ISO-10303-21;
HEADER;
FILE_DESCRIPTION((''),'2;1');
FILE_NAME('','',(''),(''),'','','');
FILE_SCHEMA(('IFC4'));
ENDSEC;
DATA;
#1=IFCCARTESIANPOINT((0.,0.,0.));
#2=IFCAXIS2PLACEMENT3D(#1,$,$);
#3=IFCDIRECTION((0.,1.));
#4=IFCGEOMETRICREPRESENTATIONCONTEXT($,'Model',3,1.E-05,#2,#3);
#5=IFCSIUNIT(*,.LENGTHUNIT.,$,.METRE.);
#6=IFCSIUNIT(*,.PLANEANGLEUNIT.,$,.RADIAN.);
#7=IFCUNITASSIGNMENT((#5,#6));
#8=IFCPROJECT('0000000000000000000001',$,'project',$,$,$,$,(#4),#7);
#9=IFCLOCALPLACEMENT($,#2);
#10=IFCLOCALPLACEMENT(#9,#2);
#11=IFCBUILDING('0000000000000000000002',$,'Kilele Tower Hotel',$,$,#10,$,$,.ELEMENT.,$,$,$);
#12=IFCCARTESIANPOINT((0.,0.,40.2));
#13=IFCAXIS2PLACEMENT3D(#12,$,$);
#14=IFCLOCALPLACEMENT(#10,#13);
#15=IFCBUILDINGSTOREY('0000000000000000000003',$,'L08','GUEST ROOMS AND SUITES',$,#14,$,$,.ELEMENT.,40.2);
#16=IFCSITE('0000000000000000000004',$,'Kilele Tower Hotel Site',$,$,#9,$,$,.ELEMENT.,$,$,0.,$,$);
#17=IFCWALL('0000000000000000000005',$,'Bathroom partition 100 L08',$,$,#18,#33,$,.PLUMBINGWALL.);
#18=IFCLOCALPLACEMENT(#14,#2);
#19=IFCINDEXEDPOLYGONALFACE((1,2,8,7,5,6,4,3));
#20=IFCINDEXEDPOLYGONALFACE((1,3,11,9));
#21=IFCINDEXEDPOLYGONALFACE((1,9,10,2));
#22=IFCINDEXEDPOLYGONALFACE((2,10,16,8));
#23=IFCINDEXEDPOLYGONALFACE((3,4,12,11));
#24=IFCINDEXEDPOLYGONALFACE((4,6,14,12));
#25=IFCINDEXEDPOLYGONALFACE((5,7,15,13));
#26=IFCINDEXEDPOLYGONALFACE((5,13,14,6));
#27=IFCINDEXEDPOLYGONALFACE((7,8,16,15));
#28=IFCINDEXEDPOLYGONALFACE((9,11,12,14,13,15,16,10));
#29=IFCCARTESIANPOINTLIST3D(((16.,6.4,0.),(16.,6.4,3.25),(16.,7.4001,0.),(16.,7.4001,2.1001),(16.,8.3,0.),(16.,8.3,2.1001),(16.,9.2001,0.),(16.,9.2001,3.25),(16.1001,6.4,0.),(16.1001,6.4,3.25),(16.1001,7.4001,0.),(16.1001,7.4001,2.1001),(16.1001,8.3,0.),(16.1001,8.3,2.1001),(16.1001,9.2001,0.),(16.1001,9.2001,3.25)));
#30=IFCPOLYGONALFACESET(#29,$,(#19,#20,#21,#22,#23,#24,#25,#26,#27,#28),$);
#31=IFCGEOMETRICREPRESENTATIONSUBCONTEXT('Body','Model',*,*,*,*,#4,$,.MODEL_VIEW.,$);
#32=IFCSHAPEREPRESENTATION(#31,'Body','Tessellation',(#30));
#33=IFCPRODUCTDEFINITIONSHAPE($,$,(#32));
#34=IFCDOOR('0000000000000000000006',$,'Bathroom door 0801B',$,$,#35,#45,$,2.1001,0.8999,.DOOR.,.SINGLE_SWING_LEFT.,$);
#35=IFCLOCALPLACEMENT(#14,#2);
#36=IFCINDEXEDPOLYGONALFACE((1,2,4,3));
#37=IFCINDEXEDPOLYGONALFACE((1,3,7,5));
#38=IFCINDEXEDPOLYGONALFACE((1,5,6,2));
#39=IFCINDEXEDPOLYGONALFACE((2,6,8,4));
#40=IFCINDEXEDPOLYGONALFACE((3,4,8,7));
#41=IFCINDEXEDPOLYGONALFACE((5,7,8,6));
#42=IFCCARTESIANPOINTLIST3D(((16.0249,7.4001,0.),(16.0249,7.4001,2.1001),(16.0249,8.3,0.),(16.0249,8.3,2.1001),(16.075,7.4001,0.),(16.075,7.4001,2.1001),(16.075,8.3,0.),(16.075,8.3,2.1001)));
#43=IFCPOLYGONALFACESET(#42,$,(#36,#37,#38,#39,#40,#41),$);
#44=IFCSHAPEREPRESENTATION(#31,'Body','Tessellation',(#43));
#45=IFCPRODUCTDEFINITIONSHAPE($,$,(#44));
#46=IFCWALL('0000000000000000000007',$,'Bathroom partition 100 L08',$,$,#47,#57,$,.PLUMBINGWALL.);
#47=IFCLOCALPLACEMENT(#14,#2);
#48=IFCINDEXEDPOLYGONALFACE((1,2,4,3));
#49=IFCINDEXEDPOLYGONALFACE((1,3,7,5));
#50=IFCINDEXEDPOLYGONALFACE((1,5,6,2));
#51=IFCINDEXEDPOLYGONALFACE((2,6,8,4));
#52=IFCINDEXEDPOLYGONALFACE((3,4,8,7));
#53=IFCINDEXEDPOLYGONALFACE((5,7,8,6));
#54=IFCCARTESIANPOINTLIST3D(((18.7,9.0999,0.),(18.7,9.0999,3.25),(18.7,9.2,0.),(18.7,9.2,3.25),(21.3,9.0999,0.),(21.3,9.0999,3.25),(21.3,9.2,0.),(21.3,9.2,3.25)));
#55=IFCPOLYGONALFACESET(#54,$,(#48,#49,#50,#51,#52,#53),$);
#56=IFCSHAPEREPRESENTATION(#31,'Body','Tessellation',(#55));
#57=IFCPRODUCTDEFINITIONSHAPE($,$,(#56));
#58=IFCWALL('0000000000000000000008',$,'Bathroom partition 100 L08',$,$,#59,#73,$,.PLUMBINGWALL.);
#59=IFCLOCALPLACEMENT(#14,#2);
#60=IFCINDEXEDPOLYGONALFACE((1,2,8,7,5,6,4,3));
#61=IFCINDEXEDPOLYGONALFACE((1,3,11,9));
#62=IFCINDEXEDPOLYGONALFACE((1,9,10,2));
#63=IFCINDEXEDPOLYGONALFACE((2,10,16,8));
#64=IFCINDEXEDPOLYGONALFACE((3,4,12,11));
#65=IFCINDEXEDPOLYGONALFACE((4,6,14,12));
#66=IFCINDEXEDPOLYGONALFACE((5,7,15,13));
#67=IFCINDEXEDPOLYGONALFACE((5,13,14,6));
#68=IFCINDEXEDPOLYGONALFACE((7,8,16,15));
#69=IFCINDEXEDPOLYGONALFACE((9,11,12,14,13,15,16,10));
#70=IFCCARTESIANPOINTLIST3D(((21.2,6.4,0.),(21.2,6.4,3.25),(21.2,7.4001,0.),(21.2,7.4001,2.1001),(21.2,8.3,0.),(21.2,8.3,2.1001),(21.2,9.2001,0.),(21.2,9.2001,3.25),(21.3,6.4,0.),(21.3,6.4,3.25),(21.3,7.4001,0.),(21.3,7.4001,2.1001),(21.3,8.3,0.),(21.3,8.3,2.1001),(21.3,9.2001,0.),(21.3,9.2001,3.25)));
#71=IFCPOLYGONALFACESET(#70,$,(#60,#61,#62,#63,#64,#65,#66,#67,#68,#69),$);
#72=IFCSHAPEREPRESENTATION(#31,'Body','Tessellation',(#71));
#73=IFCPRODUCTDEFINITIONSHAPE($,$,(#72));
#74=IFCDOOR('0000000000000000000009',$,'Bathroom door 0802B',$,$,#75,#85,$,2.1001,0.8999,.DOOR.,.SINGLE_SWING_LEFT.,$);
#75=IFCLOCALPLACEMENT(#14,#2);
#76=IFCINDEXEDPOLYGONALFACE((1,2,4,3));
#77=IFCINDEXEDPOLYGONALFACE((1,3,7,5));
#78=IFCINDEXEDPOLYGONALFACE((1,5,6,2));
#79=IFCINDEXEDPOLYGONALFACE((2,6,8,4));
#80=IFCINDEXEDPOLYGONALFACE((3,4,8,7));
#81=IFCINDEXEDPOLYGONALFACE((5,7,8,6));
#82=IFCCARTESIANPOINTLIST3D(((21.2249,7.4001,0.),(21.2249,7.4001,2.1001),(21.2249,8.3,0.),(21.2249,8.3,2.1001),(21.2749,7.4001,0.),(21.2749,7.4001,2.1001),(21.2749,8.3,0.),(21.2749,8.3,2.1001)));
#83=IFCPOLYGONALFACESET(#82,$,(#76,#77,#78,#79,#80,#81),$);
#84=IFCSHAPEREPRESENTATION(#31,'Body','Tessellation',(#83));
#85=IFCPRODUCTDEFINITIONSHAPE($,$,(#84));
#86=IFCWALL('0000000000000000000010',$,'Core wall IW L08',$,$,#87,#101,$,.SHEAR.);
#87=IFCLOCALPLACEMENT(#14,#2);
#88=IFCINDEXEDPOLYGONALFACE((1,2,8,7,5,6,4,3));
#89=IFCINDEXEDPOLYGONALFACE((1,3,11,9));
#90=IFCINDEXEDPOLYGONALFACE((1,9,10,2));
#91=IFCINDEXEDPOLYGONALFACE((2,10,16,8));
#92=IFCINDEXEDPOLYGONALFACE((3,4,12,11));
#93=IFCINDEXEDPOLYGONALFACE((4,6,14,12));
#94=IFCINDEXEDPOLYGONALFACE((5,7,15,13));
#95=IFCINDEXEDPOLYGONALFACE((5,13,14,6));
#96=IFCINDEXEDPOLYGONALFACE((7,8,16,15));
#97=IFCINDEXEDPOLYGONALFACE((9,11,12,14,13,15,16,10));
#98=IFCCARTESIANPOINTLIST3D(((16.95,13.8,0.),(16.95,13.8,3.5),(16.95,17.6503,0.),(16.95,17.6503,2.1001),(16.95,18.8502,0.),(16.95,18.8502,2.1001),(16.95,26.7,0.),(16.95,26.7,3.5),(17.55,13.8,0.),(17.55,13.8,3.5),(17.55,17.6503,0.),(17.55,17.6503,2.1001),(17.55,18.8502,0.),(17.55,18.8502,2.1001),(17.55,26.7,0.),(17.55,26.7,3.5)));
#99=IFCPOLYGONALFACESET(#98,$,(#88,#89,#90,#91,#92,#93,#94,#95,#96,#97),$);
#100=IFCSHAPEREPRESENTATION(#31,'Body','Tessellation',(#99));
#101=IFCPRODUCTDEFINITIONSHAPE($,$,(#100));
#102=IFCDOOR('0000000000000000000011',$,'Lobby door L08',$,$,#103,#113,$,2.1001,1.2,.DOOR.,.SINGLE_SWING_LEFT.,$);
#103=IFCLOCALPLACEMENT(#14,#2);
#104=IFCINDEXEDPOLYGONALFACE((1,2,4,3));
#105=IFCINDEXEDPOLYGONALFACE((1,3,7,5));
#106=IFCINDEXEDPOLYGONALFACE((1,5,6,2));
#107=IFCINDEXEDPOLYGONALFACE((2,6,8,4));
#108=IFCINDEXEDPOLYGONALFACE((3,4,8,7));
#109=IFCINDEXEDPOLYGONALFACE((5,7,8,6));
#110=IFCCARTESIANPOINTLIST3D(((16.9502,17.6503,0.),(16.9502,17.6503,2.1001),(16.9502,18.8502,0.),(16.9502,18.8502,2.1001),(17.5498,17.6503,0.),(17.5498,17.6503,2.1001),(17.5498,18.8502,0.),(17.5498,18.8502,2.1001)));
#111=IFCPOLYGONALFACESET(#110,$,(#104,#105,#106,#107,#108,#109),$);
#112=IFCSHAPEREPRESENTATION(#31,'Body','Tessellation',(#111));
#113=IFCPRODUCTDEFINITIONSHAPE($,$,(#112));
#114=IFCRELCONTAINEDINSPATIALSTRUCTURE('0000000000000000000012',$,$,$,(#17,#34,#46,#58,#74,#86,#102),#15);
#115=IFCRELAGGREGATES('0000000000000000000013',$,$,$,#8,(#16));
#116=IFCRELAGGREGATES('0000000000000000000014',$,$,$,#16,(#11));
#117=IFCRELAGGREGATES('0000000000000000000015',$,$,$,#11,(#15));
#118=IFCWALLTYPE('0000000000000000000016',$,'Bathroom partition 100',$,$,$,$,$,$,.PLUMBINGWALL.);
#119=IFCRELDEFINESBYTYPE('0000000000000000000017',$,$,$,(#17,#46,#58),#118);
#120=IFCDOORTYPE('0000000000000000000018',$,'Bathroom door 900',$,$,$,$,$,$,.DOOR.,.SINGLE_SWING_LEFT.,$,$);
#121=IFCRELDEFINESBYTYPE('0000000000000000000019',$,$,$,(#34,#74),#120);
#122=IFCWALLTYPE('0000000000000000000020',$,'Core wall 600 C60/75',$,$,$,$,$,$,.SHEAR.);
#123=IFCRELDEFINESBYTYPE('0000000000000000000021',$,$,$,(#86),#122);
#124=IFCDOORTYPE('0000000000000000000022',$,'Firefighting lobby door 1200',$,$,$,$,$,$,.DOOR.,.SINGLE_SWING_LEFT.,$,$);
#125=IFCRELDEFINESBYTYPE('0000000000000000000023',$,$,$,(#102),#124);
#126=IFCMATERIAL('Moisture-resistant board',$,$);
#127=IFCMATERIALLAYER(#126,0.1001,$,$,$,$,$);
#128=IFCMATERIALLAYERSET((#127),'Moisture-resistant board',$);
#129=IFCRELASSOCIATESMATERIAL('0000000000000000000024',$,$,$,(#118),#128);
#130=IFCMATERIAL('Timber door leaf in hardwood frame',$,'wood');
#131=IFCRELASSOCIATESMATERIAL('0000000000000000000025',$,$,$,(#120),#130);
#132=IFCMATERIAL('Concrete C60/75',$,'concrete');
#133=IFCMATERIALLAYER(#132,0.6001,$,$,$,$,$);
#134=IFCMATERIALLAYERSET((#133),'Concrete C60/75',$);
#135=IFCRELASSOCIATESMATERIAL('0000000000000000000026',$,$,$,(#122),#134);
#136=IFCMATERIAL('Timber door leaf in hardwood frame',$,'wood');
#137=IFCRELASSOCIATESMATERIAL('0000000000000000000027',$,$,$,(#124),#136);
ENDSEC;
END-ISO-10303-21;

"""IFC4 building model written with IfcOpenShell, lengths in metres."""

from ifc_helpers import new_model, si_unit, direction, frame, frame_2d, origin, place, context, subcontext, project, spatial, rectangle, extrude, material, layer, layer_set, type_object, element, fill, save


model = new_model("IFC4")

# Units and contexts
model_context = context("Model", 3, precision=1e-05, world=origin(), true_north=direction((0.0, 1.0)))
body_context = subcontext(model_context, "Body", "Model", "MODEL_VIEW")
ifc_project = project(units=[si_unit("LENGTHUNIT", "METRE"), si_unit("PLANEANGLEUNIT", "RADIAN")], contexts=[model_context])

# Site, building, storey
site_placement = place(None, origin())
site = spatial("IfcSite", under=ifc_project, at=site_placement, Name="Kilele Tower Hotel Site", CompositionType="ELEMENT", RefElevation=0.0)
building_placement = place(site_placement, origin())
building = spatial("IfcBuilding", under=site, at=building_placement, Name="Kilele Tower Hotel", CompositionType="ELEMENT")
storey_placement = place(building_placement, frame((0.0, 0.0, 40.2)))
storey = spatial("IfcBuildingStorey", under=building, at=storey_placement, Name="L08", Description="GUEST ROOMS AND SUITES", CompositionType="ELEMENT", Elevation=40.2)

# Wall, opening, door
ifc_material_1 = material(Name="Moisture-resistant board")
ifc_layer_1 = layer(ifc_material_1, 0.1001)
ifc_layer_set_1 = layer_set([ifc_layer_1], Name="Moisture-resistant board")
wall_type_1 = type_object("IfcWallType", Name="Bathroom partition 100", PredefinedType="PLUMBINGWALL", material=ifc_layer_set_1)
wall_1_placement = place(storey_placement, frame((16.05, 9.2, 0.0), z_axis=(0.0, 0.0, 1.0), x_axis=(0.0, -1.0, 0.0)))
wall_1 = element("IfcWall", 1, at=wall_1_placement, inside=storey, type_object=wall_type_1, Name="Bathroom partition 100 L08", PredefinedType="PLUMBINGWALL", context=body_context, shape_type="SweptSolid", body=[
    extrude(rectangle(XDim=2.8, YDim=0.1001, at=frame_2d((1.3999, 0.0))), origin(), (0.0, 0.0, 1.0), 3.25),
])
opening_1_placement = place(wall_1_placement, frame((0.8999, 0.0, 0.0)))
opening_1 = element("IfcOpeningElement", 2, at=opening_1_placement, cuts=wall_1, PredefinedType="OPENING", context=body_context, shape_type="SweptSolid", body=[
    extrude(rectangle(XDim=0.8999, YDim=2.1001, at=frame_2d((0.45, 1.05))), frame((0.0, 0.0601, 0.0), z_axis=(0.0, -1.0, 0.0), x_axis=(1.0, 0.0, 0.0)), (0.0, 0.0, 1.0), 0.1201),
])
ifc_material_2 = material(Name="Timber door leaf in hardwood frame", Category="wood")
door_type_1 = type_object("IfcDoorType", Name="Bathroom door 900", OperationType="SINGLE_SWING_LEFT", PredefinedType="DOOR", material=ifc_material_2)
door_1_placement = place(opening_1_placement, origin())
door_1 = element("IfcDoor", 3, at=door_1_placement, inside=storey, type_object=door_type_1, Name="Bathroom door 0801B", OperationType="SINGLE_SWING_LEFT", OverallHeight=2.1001, OverallWidth=0.8999, PredefinedType="DOOR", context=body_context, shape_type="SweptSolid", body=[
    extrude(rectangle(XDim=0.8999, YDim=2.1001, at=frame_2d((0.45, 1.05))), frame((0.0, 0.0249, 0.0), z_axis=(0.0, -1.0, 0.0), x_axis=(1.0, 0.0, 0.0)), (0.0, 0.0, 1.0), 0.05),
])
fill(opening_1, door_1)

# Wall
wall_2_placement = place(storey_placement, frame((18.7, 9.1499, 0.0), z_axis=(0.0, 0.0, 1.0), x_axis=(1.0, 0.0, 0.0)))
element("IfcWall", 4, at=wall_2_placement, inside=storey, type_object=wall_type_1, Name="Bathroom partition 100 L08", PredefinedType="PLUMBINGWALL", context=body_context, shape_type="SweptSolid", body=[
    extrude(rectangle(XDim=2.6001, YDim=0.1001, at=frame_2d((1.3, 0.0))), origin(), (0.0, 0.0, 1.0), 3.25),
])

# Walls, openings, doors
wall_3_placement = place(storey_placement, frame((21.25, 9.2, 0.0), z_axis=(0.0, 0.0, 1.0), x_axis=(0.0, -1.0, 0.0)))
wall_3 = element("IfcWall", 5, at=wall_3_placement, inside=storey, type_object=wall_type_1, Name="Bathroom partition 100 L08", PredefinedType="PLUMBINGWALL", context=body_context, shape_type="SweptSolid", body=[
    extrude(rectangle(XDim=2.8, YDim=0.1001, at=frame_2d((1.3999, 0.0))), origin(), (0.0, 0.0, 1.0), 3.25),
])
opening_2_placement = place(wall_3_placement, frame((0.8999, 0.0, 0.0)))
opening_2 = element("IfcOpeningElement", 6, at=opening_2_placement, cuts=wall_3, PredefinedType="OPENING", context=body_context, shape_type="SweptSolid", body=[
    extrude(rectangle(XDim=0.8999, YDim=2.1001, at=frame_2d((0.45, 1.05))), frame((0.0, 0.0601, 0.0), z_axis=(0.0, -1.0, 0.0), x_axis=(1.0, 0.0, 0.0)), (0.0, 0.0, 1.0), 0.1201),
])
door_2_placement = place(opening_2_placement, origin())
door_2 = element("IfcDoor", 7, at=door_2_placement, inside=storey, type_object=door_type_1, Name="Bathroom door 0802B", OperationType="SINGLE_SWING_LEFT", OverallHeight=2.1001, OverallWidth=0.8999, PredefinedType="DOOR", context=body_context, shape_type="SweptSolid", body=[
    extrude(rectangle(XDim=0.8999, YDim=2.1001, at=frame_2d((0.45, 1.05))), frame((0.0, 0.0249, 0.0), z_axis=(0.0, -1.0, 0.0), x_axis=(1.0, 0.0, 0.0)), (0.0, 0.0, 1.0), 0.05),
])
fill(opening_2, door_2)
ifc_material_3 = material(Name="Concrete C60/75", Category="concrete")
ifc_layer_2 = layer(ifc_material_3, 0.6001)
ifc_layer_set_2 = layer_set([ifc_layer_2], Name="Concrete C60/75")
wall_type_2 = type_object("IfcWallType", Name="Core wall 600 C60/75", PredefinedType="SHEAR", material=ifc_layer_set_2)
wall_4_placement = place(storey_placement, frame((17.25, 13.8, 0.0), z_axis=(0.0, 0.0, 1.0), x_axis=(0.0, 1.0, 0.0)))
wall_4 = element("IfcWall", 8, at=wall_4_placement, inside=storey, type_object=wall_type_2, Name="Core wall IW L08", PredefinedType="SHEAR", context=body_context, shape_type="SweptSolid", body=[
    extrude(rectangle(XDim=12.8999, YDim=0.6001, at=frame_2d((6.45, 0.0))), origin(), (0.0, 0.0, 1.0), 3.5),
])
opening_3_placement = place(wall_4_placement, frame((3.8501, 0.0, 0.0)))
opening_3 = element("IfcOpeningElement", 9, at=opening_3_placement, cuts=wall_4, PredefinedType="OPENING", context=body_context, shape_type="SweptSolid", body=[
    extrude(rectangle(XDim=1.2, YDim=2.1001, at=frame_2d((0.6001, 1.05))), frame((0.0, 0.3101, 0.0), z_axis=(0.0, -1.0, 0.0), x_axis=(1.0, 0.0, 0.0)), (0.0, 0.0, 1.0), 0.6201),
])
ifc_material_4 = material(Name="Timber door leaf in hardwood frame", Category="wood")
door_type_2 = type_object("IfcDoorType", Name="Firefighting lobby door 1200", OperationType="SINGLE_SWING_LEFT", PredefinedType="DOOR", material=ifc_material_4)
door_3_placement = place(opening_3_placement, origin())
door_3 = element("IfcDoor", 10, at=door_3_placement, inside=storey, type_object=door_type_2, Name="Lobby door L08", OperationType="SINGLE_SWING_LEFT", OverallHeight=2.1001, OverallWidth=1.2, PredefinedType="DOOR", context=body_context, shape_type="SweptSolid", body=[
    extrude(rectangle(XDim=1.2, YDim=2.1001, at=frame_2d((0.6001, 1.05))), frame((0.0, 0.2998, 0.0), z_axis=(0.0, -1.0, 0.0), x_axis=(1.0, 0.0, 0.0)), (0.0, 0.0, 1.0), 0.5996),
])
fill(opening_3, door_3)

save(model, "model.ifc")
